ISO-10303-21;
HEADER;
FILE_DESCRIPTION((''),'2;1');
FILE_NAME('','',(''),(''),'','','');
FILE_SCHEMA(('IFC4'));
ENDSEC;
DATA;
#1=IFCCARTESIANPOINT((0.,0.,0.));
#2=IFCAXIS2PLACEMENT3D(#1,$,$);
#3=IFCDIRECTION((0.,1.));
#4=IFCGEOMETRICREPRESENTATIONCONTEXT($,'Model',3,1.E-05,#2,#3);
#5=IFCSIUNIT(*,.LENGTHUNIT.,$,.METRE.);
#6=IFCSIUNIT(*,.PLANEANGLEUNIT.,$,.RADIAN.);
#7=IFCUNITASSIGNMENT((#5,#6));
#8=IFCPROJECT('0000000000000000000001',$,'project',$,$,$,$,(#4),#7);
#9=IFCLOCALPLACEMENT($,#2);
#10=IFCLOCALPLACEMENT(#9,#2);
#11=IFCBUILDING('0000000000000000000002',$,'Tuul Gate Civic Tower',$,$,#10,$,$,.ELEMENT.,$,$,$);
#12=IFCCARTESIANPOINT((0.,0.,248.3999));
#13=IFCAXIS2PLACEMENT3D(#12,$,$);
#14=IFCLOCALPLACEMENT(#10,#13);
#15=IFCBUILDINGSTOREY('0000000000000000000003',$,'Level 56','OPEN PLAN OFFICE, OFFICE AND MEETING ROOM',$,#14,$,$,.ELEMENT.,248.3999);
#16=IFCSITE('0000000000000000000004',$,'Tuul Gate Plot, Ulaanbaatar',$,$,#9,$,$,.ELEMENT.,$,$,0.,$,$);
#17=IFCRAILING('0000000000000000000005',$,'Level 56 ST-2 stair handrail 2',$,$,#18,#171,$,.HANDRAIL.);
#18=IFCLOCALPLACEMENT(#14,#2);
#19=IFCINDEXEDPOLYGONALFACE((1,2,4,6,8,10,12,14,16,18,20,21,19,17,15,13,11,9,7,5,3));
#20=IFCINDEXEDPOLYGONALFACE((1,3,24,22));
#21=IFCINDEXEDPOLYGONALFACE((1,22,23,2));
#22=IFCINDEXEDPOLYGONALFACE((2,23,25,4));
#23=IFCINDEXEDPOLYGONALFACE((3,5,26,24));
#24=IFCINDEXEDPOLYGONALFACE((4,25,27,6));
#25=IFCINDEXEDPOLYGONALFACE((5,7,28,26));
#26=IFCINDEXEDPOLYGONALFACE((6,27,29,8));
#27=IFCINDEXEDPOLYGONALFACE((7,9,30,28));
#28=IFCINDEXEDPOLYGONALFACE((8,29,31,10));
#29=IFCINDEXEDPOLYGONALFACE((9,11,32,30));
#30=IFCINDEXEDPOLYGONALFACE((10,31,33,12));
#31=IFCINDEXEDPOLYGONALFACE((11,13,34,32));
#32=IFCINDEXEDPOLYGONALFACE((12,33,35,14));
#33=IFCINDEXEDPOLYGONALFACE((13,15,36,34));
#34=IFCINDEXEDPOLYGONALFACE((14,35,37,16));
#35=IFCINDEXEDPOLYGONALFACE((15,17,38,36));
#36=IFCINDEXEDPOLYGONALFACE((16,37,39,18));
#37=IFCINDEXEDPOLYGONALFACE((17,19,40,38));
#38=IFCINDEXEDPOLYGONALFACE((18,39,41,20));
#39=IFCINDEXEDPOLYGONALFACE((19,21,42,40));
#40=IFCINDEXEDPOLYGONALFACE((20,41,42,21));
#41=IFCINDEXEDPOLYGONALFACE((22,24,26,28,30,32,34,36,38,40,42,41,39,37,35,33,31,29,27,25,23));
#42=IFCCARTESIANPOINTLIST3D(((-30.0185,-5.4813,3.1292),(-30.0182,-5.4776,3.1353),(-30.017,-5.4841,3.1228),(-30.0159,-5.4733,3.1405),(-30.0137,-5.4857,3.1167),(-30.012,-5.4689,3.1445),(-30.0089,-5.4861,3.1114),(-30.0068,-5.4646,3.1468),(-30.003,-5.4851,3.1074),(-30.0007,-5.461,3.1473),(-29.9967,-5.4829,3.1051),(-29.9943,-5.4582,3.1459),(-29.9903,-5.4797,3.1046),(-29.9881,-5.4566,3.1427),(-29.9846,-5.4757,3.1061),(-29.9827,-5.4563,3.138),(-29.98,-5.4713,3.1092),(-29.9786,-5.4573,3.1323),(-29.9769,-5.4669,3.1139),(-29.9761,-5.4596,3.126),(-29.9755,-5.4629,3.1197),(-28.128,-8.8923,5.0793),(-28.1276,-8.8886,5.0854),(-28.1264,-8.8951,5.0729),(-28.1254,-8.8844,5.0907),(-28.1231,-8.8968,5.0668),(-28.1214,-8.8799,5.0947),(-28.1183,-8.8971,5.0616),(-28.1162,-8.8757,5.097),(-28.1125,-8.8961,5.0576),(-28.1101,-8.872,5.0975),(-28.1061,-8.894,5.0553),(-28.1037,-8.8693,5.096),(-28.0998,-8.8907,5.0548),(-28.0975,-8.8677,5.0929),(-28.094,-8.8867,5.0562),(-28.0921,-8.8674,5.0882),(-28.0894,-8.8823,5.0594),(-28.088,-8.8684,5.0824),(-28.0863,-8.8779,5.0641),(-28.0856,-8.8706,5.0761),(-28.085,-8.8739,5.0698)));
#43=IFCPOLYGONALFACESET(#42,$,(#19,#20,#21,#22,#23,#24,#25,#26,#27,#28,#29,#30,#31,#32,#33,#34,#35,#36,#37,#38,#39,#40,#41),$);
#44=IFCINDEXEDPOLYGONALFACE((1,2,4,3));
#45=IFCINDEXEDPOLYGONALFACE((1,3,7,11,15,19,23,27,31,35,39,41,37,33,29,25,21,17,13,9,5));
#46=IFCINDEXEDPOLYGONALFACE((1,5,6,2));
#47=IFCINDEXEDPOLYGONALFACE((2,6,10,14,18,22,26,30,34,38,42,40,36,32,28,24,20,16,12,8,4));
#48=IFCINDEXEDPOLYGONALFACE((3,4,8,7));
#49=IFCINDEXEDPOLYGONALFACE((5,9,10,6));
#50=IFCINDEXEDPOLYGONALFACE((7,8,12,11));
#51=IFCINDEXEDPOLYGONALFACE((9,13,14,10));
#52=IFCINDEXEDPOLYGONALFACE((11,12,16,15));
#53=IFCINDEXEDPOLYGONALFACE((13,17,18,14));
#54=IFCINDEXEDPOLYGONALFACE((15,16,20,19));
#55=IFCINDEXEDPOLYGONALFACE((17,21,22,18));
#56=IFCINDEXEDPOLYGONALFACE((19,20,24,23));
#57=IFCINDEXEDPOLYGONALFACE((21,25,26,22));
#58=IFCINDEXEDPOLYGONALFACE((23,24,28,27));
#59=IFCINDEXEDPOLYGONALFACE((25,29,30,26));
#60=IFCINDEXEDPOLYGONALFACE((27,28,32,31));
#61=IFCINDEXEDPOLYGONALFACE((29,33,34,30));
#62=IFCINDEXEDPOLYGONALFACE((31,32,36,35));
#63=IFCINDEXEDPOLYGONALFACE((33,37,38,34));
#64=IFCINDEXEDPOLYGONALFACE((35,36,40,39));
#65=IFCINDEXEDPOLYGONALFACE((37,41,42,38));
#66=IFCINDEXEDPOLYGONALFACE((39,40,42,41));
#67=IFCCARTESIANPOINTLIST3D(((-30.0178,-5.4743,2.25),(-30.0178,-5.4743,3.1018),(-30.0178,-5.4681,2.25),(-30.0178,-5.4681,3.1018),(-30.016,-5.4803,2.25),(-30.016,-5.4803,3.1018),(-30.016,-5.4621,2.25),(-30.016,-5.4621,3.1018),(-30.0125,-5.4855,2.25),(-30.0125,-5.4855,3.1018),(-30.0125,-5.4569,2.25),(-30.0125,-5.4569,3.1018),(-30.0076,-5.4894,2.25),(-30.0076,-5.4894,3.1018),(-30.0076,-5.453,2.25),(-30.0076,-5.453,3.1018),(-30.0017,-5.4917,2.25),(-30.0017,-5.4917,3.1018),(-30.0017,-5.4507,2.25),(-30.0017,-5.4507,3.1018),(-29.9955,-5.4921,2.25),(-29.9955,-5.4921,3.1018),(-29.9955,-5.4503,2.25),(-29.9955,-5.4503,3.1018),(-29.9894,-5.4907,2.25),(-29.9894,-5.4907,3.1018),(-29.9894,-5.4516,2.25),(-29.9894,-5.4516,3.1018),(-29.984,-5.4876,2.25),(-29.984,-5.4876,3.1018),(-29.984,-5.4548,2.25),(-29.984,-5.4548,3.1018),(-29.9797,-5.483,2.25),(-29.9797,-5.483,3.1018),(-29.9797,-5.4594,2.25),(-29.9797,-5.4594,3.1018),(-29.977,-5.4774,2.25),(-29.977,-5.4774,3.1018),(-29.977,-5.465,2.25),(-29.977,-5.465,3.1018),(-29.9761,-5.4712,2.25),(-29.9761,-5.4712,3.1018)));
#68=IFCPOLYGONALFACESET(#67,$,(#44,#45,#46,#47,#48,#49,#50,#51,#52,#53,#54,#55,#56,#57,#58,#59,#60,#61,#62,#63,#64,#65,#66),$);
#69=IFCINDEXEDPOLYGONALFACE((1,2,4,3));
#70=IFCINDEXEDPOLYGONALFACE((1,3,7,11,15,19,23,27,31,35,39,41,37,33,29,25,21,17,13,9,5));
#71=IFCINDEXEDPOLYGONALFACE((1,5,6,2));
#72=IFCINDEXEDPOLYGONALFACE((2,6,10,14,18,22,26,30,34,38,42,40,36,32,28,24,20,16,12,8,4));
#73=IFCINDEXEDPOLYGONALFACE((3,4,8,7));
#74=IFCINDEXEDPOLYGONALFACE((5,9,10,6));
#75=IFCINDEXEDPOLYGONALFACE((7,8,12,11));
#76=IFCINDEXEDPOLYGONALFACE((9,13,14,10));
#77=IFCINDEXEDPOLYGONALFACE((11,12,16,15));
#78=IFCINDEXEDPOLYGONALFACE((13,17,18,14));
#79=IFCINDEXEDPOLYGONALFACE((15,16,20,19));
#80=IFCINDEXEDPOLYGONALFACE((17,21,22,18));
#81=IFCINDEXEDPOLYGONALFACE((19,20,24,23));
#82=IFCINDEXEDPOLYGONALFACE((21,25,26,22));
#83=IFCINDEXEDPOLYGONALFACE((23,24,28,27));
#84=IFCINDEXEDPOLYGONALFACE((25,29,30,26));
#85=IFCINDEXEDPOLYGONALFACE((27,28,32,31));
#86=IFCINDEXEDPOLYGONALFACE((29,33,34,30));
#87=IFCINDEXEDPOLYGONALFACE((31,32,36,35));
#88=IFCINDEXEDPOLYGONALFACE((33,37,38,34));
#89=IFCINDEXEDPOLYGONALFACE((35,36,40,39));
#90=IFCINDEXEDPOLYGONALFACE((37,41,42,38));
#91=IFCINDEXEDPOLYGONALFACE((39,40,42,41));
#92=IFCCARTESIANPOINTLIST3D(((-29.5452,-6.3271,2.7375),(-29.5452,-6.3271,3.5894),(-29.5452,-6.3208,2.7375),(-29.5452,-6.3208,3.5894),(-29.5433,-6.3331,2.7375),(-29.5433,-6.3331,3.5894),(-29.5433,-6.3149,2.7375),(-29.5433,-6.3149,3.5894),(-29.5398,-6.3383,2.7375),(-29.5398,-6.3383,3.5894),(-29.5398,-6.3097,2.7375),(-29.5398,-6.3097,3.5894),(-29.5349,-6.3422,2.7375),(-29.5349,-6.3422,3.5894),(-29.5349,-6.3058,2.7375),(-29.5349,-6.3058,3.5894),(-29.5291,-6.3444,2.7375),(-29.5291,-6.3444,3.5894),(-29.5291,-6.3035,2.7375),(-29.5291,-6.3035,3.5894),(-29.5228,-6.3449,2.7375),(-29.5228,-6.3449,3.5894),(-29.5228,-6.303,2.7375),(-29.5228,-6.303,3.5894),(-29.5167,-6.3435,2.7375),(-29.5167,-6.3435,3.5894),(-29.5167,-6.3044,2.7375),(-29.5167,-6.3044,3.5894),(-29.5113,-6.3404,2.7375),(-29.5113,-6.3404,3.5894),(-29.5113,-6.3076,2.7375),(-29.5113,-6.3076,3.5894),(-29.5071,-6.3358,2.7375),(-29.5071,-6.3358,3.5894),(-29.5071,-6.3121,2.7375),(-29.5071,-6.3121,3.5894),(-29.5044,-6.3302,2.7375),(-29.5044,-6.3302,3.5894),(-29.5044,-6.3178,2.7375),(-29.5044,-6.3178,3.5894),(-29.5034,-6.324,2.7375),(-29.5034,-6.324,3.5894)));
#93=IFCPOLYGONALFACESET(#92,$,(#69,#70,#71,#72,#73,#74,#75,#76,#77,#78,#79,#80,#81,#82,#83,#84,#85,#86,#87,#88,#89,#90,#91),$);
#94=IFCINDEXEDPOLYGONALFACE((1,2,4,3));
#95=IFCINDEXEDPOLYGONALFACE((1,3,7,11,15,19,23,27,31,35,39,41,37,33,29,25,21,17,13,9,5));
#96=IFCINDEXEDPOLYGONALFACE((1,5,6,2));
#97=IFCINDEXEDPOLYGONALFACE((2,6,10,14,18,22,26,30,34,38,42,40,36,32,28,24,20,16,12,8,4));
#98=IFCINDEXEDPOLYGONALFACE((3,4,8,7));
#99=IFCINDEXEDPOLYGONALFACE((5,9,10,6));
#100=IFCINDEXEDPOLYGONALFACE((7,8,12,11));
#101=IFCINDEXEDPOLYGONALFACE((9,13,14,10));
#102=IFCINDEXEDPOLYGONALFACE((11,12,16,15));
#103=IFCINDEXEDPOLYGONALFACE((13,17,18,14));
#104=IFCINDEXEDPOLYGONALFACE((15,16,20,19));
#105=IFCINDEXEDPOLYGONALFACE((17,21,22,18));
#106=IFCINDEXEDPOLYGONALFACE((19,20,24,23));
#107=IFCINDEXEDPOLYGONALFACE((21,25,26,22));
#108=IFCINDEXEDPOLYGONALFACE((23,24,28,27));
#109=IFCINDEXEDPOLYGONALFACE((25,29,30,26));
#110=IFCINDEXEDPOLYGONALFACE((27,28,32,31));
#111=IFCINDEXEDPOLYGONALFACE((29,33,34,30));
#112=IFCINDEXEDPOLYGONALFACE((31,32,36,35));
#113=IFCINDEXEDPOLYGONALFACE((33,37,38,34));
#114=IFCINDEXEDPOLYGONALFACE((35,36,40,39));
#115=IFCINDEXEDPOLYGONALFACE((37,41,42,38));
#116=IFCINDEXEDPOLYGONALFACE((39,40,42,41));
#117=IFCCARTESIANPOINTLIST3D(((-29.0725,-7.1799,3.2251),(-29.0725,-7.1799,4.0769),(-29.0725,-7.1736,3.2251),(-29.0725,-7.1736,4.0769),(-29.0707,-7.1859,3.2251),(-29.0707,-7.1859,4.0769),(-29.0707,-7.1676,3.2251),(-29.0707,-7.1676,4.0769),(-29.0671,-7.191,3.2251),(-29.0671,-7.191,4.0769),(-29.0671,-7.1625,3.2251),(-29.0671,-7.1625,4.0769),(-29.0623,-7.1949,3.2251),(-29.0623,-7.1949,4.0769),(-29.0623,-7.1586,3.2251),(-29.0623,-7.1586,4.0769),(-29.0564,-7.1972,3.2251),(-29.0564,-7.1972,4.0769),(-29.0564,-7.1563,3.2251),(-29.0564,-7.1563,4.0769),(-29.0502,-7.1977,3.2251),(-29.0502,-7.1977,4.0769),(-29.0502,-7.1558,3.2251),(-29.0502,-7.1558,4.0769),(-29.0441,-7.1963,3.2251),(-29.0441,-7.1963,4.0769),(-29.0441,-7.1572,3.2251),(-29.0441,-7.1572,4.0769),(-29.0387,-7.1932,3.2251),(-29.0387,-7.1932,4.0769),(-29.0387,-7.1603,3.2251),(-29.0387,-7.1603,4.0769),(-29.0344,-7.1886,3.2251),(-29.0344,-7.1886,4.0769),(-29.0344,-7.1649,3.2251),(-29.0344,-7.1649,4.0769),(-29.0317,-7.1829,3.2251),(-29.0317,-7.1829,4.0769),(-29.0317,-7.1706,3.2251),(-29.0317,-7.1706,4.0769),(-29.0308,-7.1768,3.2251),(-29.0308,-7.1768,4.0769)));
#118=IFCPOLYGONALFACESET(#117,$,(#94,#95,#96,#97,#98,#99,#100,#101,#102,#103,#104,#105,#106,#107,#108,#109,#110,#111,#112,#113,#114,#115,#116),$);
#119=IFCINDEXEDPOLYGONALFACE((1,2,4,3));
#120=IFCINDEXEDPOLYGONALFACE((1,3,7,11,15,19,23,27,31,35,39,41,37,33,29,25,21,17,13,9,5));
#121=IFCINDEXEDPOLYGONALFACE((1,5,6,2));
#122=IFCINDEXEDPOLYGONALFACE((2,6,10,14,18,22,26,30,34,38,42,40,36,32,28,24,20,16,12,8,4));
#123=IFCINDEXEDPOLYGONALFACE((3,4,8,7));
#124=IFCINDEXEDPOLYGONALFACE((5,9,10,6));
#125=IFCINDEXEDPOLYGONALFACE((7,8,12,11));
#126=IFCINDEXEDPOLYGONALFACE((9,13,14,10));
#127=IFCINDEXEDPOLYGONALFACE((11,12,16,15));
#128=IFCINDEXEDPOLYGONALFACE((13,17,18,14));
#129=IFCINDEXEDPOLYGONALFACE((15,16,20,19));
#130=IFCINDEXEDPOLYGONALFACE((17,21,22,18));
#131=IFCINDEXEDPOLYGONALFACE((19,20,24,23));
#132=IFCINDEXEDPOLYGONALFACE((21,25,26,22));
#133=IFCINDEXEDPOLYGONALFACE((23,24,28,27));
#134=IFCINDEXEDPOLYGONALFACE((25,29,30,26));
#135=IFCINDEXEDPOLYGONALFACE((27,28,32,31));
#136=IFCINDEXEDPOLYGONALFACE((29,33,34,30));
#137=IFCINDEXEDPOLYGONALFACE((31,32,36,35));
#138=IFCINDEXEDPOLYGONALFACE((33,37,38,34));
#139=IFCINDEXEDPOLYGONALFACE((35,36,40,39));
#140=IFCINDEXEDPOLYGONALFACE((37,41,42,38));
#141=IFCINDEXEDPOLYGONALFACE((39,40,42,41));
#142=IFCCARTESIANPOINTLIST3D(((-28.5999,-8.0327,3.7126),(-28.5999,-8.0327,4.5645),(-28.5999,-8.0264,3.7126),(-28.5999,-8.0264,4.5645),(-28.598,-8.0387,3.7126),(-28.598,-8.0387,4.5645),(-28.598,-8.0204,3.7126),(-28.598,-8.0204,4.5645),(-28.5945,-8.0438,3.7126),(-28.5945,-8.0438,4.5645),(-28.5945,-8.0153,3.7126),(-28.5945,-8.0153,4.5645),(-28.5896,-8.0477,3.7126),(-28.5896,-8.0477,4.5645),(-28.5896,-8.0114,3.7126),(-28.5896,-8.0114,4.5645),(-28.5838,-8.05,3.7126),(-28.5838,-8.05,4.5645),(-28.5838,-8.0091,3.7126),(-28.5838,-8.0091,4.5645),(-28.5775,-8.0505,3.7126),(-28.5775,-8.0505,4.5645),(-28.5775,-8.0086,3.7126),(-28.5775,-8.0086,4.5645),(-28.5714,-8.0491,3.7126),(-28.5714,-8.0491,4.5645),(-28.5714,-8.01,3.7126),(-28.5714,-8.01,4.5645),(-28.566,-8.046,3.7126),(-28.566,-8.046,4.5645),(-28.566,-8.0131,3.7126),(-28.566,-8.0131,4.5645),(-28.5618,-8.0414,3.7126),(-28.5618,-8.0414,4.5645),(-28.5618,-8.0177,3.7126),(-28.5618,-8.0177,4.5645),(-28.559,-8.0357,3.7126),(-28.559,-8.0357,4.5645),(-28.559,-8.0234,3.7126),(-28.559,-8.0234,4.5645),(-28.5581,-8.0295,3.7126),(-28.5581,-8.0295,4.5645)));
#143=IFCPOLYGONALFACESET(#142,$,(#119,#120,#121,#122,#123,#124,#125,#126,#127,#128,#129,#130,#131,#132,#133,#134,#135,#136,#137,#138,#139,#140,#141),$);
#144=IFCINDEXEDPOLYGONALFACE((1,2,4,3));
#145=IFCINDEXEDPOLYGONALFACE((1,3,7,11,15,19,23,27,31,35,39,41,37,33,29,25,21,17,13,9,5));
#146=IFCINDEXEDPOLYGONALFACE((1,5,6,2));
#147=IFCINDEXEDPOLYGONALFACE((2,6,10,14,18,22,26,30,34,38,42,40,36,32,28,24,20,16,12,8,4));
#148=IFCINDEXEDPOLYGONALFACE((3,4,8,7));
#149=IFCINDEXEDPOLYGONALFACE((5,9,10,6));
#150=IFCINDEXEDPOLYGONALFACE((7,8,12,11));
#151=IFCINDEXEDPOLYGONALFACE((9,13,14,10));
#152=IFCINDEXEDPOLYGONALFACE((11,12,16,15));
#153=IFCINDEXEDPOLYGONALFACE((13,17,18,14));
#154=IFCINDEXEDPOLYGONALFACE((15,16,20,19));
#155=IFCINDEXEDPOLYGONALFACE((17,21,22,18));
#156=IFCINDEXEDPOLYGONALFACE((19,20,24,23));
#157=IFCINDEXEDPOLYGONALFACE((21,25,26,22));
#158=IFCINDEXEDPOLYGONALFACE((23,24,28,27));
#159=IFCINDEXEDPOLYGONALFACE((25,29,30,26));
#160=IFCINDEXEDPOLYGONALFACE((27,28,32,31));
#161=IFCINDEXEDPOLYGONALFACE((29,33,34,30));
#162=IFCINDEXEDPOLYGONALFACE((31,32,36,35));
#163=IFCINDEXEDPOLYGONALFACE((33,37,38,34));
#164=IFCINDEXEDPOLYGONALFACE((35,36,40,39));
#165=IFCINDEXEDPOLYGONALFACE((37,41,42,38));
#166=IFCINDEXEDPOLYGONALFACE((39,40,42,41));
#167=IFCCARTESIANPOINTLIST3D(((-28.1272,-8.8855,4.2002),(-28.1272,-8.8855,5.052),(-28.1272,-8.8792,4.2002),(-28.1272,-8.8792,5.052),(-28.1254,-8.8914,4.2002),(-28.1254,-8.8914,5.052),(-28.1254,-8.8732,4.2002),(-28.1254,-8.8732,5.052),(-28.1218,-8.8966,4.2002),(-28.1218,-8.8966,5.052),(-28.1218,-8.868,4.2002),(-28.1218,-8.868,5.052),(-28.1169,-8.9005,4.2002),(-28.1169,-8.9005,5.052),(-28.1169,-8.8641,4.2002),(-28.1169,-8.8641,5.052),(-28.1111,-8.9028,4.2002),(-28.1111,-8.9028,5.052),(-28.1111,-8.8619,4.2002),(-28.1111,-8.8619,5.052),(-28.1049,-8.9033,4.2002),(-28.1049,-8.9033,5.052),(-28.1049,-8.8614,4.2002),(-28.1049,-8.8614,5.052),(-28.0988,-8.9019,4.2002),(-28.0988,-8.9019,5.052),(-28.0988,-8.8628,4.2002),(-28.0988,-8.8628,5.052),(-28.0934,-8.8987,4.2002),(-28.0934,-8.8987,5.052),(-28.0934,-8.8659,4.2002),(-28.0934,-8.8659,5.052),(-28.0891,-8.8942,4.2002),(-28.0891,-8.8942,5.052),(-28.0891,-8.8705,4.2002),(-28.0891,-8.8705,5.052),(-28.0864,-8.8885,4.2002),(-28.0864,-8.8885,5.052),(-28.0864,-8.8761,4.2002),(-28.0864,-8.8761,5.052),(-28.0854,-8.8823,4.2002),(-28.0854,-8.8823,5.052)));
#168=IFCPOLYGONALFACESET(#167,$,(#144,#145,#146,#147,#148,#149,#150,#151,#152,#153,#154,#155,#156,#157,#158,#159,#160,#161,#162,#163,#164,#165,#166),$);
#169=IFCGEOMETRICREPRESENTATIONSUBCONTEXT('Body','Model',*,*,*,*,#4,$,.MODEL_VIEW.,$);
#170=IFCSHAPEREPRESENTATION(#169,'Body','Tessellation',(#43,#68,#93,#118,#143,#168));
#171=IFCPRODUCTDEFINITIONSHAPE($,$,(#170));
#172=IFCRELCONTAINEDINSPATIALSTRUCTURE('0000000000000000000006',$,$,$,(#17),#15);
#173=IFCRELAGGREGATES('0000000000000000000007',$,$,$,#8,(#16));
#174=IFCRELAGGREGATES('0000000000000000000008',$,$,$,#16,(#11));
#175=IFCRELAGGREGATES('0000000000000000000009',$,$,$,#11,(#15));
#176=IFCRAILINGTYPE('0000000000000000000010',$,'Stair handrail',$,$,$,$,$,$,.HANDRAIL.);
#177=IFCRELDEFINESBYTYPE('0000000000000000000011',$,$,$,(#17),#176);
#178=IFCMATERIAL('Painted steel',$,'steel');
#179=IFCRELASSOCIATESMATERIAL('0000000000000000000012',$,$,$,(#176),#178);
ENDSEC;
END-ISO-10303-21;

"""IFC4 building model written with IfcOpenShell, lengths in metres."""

from ifc_helpers import new_model, si_unit, direction, frame, origin, origin_2d, place, context, subcontext, project, spatial, circle, extrude, material, type_object, element, save


model = new_model("IFC4")

# Units and contexts
model_context = context("Model", 3, precision=1e-05, world=origin(), true_north=direction((0.0, 1.0)))
body_context = subcontext(model_context, "Body", "Model", "MODEL_VIEW")
ifc_project = project(units=[si_unit("LENGTHUNIT", "METRE"), si_unit("PLANEANGLEUNIT", "RADIAN")], contexts=[model_context])

# Site, building, storey
site_placement = place(None, origin())
site = spatial("IfcSite", under=ifc_project, at=site_placement, Name="Tuul Gate Plot, Ulaanbaatar", CompositionType="ELEMENT", RefElevation=0.0)
building_placement = place(site_placement, origin())
building = spatial("IfcBuilding", under=site, at=building_placement, Name="Tuul Gate Civic Tower", CompositionType="ELEMENT")
storey_placement = place(building_placement, frame((0.0, 0.0, 248.3999)))
storey = spatial("IfcBuildingStorey", under=building, at=storey_placement, Name="Level 56", Description="OPEN PLAN OFFICE, OFFICE AND MEETING ROOM", CompositionType="ELEMENT", Elevation=248.3999)

# Railing
ifc_material_1 = material(Name="Painted steel", Category="steel")
railing_type_1 = type_object("IfcRailingType", Name="Stair handrail", PredefinedType="HANDRAIL", material=ifc_material_1)
railing_1_placement = place(storey_placement, frame((-29.9971, -5.4712, 2.25)))
element("IfcRailing", 1, at=railing_1_placement, inside=storey, type_object=railing_type_1, Name="Level 56 ST-2 stair handrail 2", PredefinedType="HANDRAIL", context=body_context, shape_type="SweptSolid", body=[
    extrude(circle(Radius=0.0239, at=origin_2d()), frame((0.0, 0.0, 0.876), z_axis=(0.433585, -0.782289, 0.447246), x_axis=(0.874641, 0.484771, 0.0)), (0.0, 0.0, 1.0), 4.3604),
    extrude(circle(Radius=0.021, at=origin_2d()), origin(), (0.0, 0.0, 1.0), 0.8518),
    extrude(circle(Radius=0.021, at=origin_2d()), frame((0.4727, -0.8528, 0.4875)), (0.0, 0.0, 1.0), 0.8518),
    extrude(circle(Radius=0.021, at=origin_2d()), frame((0.9453, -1.7056, 0.9751)), (0.0, 0.0, 1.0), 0.8518),
    extrude(circle(Radius=0.021, at=origin_2d()), frame((1.418, -2.5583, 1.4626)), (0.0, 0.0, 1.0), 0.8518),
    extrude(circle(Radius=0.021, at=origin_2d()), frame((1.8906, -3.4111, 1.9502)), (0.0, 0.0, 1.0), 0.8518),
])

save(model, "model.ifc")
